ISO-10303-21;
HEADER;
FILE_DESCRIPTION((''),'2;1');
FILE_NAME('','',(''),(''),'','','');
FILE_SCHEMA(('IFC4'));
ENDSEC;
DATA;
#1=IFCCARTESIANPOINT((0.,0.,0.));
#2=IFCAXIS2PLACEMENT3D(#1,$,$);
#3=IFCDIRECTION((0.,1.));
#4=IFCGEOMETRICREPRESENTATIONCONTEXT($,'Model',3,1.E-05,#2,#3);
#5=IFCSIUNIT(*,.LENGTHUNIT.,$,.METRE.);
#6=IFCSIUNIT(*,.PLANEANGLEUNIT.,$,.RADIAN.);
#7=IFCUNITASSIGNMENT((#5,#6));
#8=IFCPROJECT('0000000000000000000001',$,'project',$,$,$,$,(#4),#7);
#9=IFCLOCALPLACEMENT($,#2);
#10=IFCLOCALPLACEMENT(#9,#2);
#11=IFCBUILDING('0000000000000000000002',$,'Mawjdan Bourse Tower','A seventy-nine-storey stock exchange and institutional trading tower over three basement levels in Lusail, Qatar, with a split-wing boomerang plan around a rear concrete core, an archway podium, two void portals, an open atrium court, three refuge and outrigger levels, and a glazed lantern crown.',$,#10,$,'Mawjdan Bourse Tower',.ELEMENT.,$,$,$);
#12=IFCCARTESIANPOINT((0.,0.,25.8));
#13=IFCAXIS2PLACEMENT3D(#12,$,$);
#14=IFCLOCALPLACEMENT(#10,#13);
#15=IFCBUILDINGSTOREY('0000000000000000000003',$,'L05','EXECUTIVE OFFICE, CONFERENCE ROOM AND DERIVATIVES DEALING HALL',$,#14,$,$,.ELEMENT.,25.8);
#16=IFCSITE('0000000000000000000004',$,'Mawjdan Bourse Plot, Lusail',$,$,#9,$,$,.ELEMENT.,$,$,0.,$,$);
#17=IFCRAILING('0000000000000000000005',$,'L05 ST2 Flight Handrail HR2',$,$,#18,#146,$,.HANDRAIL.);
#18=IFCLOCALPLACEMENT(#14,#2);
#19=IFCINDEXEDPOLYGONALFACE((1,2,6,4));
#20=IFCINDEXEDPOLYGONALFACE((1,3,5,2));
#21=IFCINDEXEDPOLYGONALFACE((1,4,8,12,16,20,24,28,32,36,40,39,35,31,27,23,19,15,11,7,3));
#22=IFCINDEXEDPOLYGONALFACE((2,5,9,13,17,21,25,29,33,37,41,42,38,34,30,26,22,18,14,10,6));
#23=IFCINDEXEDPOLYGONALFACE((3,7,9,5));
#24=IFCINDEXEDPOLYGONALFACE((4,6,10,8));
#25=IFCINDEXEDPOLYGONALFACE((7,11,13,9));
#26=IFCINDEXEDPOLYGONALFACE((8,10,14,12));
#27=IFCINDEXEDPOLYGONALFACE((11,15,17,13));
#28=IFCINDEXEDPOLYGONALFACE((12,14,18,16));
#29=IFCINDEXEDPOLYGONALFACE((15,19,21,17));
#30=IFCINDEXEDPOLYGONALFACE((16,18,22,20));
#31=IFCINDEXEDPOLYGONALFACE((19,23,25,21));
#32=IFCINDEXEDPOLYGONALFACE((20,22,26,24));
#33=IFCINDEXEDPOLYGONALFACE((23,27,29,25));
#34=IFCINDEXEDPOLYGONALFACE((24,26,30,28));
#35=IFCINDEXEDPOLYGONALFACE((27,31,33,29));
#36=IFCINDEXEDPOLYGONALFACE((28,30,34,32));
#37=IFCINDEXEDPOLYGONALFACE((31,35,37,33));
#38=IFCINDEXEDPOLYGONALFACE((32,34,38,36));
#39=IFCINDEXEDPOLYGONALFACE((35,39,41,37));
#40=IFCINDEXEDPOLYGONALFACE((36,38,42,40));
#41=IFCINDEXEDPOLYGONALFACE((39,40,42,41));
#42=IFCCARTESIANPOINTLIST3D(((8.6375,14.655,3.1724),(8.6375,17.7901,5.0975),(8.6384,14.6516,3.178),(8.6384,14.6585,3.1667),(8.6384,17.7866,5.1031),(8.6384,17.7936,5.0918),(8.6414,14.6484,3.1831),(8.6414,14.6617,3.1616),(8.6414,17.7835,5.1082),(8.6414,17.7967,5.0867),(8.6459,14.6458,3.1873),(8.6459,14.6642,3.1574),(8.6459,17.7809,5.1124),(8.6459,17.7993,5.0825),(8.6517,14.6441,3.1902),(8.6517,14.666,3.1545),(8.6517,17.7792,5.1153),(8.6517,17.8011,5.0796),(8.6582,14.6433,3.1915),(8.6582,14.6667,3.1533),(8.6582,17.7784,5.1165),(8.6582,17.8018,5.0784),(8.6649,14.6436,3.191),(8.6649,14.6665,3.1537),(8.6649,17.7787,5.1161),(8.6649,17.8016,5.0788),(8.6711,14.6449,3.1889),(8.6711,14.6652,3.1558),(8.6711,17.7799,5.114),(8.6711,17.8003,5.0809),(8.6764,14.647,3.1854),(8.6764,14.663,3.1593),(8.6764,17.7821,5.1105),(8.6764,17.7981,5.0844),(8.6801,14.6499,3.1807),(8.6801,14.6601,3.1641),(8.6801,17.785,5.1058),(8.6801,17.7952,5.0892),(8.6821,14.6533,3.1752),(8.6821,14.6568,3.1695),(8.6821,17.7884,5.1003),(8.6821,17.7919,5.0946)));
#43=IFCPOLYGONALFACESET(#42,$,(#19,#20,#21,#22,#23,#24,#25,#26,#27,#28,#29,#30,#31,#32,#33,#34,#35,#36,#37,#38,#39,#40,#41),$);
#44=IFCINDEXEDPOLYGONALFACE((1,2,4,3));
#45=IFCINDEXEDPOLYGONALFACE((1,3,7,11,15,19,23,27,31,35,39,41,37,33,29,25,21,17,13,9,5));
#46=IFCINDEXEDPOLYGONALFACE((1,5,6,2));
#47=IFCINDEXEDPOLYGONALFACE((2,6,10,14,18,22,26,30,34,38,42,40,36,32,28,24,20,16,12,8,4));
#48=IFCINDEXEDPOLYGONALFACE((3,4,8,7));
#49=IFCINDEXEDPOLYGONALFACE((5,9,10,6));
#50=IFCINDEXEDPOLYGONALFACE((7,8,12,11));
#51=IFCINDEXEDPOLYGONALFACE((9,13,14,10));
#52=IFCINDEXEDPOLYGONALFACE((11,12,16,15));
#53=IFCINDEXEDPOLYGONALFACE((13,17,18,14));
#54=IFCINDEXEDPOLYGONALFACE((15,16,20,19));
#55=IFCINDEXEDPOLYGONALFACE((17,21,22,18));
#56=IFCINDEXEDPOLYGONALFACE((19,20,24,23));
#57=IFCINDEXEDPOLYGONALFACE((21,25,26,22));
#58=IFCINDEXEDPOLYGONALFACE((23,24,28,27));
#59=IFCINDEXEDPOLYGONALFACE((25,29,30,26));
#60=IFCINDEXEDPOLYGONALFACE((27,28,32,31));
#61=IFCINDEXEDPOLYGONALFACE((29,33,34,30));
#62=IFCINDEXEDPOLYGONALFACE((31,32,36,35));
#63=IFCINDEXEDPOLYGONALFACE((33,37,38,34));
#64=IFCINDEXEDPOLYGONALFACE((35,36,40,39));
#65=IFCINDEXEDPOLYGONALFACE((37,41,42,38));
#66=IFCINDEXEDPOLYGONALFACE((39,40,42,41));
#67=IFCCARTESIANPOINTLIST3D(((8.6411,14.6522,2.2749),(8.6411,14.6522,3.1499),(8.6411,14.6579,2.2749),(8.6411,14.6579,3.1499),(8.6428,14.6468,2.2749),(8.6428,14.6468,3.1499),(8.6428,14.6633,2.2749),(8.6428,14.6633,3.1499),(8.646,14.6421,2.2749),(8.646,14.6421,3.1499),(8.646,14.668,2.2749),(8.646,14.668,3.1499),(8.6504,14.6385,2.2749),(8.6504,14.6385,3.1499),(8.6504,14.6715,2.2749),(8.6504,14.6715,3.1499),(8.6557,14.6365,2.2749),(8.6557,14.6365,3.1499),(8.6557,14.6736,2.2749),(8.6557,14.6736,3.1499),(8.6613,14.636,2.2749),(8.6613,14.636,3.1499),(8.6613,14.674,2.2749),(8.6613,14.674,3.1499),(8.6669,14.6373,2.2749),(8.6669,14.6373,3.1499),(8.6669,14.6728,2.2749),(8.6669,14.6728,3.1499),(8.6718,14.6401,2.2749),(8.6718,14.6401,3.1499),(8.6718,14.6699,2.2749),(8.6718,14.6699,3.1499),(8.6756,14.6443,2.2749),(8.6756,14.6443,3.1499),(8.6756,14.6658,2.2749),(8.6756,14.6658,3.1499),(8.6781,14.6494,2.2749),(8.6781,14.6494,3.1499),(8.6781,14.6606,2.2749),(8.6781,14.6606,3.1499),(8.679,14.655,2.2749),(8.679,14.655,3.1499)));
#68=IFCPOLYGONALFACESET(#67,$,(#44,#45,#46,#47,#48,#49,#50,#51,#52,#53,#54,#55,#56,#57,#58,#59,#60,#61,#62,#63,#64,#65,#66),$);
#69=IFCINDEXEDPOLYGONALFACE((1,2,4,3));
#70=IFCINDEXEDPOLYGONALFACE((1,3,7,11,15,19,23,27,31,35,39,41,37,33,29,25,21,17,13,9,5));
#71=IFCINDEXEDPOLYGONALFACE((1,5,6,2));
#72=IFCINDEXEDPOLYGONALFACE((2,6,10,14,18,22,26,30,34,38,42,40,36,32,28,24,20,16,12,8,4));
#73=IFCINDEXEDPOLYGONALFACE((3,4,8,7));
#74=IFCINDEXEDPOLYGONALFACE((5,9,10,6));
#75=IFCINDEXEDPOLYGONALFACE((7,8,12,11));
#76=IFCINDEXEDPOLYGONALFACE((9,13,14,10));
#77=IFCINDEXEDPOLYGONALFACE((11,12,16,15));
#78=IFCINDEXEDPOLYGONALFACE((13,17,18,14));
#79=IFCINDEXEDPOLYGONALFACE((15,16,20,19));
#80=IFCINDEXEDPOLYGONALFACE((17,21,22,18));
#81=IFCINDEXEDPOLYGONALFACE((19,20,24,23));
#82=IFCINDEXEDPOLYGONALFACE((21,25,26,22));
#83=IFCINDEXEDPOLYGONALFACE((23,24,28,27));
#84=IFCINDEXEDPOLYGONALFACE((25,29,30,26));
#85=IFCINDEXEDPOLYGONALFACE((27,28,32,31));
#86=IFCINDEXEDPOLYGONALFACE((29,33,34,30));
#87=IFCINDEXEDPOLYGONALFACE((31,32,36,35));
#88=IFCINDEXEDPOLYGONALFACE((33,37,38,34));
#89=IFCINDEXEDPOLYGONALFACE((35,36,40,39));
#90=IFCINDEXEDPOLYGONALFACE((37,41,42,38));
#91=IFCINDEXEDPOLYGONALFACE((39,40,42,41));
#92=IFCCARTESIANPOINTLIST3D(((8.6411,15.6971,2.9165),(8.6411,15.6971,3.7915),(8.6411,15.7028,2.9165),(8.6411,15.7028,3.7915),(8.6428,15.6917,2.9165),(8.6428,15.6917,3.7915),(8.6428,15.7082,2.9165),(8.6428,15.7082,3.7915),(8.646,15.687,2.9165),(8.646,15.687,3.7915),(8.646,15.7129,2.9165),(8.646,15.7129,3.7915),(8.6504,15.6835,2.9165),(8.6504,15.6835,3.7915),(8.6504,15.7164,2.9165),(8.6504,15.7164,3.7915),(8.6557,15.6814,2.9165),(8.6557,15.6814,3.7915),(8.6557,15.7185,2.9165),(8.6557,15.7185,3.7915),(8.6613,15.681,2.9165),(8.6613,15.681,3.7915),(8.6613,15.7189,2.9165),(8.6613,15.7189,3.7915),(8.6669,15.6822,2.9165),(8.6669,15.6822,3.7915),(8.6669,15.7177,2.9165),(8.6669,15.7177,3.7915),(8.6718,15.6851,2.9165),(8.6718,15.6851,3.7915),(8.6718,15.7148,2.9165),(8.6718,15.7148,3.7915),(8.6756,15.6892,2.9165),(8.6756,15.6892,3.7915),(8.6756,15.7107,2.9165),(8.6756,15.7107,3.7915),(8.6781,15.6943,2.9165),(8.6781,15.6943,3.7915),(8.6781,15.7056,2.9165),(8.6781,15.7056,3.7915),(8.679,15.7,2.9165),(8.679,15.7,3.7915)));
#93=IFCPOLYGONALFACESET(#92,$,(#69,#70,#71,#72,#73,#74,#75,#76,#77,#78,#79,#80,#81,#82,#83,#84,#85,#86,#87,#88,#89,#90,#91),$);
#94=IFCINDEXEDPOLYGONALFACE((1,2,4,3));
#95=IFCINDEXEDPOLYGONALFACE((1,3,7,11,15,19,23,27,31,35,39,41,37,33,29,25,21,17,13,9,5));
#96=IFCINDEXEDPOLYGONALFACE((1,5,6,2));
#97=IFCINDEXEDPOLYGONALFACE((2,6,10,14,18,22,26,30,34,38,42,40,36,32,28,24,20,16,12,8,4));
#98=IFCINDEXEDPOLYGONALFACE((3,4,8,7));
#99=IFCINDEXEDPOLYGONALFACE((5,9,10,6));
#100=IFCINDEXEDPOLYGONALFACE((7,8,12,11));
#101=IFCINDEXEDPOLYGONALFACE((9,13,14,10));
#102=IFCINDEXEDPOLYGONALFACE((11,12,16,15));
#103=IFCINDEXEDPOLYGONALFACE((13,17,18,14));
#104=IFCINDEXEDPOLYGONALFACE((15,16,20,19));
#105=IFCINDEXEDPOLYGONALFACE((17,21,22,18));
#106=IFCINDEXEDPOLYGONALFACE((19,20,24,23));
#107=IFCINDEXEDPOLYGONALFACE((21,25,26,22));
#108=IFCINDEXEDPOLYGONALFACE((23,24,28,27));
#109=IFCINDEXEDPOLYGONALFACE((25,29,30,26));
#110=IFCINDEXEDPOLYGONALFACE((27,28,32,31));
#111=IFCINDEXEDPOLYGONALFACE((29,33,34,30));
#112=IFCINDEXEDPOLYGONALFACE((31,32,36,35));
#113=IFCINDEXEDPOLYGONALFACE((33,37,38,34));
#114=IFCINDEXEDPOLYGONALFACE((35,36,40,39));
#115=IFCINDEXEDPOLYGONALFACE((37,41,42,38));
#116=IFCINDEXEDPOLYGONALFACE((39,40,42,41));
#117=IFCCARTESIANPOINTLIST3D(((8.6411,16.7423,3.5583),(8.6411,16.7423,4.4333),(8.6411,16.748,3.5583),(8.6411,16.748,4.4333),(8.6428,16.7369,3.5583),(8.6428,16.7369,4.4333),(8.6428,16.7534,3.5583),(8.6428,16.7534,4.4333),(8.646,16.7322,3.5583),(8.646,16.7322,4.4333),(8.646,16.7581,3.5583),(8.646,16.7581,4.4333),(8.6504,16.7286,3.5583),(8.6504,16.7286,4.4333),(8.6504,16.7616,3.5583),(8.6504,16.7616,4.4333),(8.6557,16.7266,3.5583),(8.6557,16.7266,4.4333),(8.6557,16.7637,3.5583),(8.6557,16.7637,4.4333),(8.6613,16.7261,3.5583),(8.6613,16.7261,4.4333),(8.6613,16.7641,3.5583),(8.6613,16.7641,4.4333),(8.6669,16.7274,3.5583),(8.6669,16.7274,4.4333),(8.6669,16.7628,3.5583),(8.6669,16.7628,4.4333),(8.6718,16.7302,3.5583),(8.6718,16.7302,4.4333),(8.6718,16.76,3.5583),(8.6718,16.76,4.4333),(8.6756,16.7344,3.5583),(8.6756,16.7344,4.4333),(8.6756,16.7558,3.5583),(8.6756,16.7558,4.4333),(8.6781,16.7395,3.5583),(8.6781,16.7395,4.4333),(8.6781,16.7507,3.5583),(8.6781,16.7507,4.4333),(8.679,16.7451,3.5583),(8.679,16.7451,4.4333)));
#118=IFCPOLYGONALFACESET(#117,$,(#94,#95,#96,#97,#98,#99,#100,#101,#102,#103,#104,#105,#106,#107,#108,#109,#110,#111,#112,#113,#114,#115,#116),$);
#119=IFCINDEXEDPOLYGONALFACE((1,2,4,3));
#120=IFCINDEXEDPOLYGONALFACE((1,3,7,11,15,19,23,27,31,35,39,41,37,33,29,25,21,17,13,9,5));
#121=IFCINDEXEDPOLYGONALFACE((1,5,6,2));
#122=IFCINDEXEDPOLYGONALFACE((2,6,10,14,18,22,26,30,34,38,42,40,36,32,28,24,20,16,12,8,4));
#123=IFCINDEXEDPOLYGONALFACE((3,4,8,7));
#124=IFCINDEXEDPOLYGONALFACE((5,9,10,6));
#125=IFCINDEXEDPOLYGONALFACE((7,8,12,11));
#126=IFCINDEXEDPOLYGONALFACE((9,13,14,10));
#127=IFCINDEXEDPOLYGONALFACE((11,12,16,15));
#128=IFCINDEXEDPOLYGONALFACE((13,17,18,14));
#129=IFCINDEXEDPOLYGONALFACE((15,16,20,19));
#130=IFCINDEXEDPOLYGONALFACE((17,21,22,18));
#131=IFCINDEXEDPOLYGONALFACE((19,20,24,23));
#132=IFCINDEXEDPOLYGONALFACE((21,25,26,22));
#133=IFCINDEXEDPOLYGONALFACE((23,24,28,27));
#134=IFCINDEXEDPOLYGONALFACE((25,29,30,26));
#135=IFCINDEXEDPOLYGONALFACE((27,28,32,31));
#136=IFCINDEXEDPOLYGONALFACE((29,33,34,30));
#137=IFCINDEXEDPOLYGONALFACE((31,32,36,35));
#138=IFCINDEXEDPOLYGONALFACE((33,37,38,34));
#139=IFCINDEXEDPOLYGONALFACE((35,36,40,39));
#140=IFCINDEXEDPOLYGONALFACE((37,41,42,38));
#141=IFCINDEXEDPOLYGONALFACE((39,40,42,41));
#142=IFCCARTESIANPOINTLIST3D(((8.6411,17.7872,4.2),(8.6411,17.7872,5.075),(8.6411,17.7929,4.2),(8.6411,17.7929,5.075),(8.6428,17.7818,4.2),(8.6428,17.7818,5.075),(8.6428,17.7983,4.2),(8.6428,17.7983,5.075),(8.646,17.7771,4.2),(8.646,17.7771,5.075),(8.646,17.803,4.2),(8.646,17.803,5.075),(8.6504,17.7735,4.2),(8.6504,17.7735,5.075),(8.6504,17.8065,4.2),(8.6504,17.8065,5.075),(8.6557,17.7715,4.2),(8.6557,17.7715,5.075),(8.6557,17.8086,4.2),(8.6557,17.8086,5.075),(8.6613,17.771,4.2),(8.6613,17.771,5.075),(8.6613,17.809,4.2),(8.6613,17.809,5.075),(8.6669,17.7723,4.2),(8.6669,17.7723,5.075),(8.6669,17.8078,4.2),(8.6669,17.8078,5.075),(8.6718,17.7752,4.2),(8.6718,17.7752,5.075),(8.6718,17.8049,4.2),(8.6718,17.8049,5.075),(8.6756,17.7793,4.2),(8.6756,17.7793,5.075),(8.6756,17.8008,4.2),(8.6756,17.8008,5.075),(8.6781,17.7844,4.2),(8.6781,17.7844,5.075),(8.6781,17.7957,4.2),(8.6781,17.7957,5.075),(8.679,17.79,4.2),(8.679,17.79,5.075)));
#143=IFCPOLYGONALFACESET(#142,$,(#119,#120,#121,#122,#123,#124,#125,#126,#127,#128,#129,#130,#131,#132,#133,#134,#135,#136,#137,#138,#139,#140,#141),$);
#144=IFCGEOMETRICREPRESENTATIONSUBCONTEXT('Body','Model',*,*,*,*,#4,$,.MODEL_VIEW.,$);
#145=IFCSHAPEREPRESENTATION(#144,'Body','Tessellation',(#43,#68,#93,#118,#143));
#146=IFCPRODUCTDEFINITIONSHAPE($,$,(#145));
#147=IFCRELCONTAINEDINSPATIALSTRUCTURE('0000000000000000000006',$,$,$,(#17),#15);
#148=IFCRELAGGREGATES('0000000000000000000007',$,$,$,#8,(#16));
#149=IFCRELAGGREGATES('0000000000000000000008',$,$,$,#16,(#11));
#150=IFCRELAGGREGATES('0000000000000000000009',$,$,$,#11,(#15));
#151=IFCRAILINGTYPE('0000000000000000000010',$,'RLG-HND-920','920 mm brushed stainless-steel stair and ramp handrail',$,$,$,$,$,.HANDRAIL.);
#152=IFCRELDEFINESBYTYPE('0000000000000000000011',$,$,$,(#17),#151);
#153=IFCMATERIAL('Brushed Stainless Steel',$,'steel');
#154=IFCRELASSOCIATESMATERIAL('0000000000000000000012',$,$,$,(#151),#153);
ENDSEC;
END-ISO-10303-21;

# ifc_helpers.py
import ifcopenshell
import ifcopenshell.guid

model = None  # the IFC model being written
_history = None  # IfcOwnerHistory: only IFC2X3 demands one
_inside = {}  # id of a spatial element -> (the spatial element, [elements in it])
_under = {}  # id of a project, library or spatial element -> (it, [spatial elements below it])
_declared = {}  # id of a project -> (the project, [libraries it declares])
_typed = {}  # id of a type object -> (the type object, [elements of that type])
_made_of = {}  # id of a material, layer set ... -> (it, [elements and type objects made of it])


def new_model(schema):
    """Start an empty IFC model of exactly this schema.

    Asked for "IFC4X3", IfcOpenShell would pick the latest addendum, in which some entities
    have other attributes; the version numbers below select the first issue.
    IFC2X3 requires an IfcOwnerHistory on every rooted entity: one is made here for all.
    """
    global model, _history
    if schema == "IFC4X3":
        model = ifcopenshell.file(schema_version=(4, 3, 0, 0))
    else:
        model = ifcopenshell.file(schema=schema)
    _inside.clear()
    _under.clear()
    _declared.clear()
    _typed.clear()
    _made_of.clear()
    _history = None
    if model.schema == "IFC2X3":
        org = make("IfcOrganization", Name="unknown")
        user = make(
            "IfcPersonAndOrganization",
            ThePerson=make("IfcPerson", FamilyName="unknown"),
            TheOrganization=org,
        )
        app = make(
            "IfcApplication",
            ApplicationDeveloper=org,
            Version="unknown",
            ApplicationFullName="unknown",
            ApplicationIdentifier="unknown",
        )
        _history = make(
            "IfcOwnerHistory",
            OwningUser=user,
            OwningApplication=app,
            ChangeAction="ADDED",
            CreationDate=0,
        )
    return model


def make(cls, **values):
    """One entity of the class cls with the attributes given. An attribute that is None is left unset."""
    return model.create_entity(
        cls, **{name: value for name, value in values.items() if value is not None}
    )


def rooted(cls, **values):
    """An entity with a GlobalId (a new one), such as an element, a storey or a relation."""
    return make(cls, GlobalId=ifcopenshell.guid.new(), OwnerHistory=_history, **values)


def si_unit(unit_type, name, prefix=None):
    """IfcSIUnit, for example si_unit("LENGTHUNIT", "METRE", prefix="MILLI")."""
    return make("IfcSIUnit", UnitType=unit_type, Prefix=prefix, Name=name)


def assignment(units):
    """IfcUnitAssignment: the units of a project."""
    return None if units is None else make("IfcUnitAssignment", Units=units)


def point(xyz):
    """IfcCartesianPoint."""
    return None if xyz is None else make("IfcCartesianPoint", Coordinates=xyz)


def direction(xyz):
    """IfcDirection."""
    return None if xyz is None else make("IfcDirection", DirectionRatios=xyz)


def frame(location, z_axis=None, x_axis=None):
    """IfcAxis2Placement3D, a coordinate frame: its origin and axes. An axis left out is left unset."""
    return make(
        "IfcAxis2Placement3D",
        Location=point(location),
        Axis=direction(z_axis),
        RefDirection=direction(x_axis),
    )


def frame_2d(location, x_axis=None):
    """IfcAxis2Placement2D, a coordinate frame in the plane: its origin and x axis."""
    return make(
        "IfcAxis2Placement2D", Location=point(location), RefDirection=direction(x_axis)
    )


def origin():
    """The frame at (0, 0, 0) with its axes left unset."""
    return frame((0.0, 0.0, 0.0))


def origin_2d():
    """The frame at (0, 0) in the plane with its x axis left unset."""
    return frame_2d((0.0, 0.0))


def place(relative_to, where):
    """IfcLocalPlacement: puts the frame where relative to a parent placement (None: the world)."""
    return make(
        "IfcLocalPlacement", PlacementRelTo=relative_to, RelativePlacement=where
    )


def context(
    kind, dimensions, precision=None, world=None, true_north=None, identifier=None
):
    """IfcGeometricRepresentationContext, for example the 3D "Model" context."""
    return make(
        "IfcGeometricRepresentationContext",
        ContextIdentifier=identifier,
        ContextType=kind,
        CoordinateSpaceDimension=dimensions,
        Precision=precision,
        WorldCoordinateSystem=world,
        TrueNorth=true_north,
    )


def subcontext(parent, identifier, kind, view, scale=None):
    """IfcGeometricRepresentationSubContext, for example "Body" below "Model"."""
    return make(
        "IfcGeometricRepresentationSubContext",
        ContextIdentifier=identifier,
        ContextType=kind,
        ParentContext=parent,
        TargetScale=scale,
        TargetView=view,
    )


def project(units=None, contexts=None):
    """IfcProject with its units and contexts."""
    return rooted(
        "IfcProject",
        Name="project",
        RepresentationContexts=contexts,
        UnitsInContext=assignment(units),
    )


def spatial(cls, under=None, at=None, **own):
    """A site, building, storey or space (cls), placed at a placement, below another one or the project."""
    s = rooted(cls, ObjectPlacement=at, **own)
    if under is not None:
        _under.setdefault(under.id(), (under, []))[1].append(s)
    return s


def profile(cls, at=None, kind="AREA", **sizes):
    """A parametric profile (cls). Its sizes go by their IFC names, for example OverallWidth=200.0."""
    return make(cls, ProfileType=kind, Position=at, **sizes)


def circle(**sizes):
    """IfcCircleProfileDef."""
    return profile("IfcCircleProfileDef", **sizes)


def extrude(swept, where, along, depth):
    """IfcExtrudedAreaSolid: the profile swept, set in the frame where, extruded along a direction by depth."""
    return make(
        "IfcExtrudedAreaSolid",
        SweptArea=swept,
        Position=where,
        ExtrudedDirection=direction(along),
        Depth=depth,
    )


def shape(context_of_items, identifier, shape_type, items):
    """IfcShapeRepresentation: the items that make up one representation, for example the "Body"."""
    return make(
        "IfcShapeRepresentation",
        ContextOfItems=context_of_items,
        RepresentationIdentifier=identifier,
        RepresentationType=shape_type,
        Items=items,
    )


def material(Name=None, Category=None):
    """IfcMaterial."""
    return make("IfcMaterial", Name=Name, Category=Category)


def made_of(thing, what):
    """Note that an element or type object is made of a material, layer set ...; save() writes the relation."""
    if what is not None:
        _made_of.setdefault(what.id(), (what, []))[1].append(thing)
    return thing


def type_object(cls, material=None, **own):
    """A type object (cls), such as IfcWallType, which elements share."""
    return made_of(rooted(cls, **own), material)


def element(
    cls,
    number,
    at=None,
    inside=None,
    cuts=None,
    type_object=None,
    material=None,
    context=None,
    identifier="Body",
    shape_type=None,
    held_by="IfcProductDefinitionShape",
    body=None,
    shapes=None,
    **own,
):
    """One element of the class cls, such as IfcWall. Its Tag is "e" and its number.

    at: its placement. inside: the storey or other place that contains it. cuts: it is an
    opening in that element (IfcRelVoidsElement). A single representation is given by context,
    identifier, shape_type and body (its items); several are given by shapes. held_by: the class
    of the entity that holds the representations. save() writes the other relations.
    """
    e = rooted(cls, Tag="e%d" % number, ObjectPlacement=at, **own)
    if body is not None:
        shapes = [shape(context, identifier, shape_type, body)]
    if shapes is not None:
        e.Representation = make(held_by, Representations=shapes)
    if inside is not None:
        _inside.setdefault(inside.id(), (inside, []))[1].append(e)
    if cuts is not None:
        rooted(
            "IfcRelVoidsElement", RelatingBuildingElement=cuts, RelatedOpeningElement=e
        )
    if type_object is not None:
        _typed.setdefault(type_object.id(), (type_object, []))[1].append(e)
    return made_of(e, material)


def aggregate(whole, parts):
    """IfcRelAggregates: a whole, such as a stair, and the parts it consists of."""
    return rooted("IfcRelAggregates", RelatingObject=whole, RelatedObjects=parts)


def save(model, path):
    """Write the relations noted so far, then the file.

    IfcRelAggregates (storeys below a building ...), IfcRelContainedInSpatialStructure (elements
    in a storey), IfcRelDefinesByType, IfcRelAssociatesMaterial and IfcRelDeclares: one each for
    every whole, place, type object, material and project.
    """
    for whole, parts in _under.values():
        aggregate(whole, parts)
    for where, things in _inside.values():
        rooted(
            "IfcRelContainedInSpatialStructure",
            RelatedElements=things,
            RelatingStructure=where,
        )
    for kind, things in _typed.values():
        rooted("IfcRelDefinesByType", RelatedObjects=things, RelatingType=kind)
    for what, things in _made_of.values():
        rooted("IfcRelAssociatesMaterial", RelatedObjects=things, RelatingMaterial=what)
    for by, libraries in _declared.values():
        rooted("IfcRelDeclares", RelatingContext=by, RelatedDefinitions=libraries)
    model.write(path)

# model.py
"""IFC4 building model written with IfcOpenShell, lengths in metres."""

from ifc_helpers import new_model, si_unit, direction, frame, origin, origin_2d, place, context, subcontext, project, spatial, circle, extrude, material, type_object, element, save


model = new_model("IFC4")

# Units and contexts
model_context = context("Model", 3, precision=1e-05, world=origin(), true_north=direction((0.0, 1.0)))
body_context = subcontext(model_context, "Body", "Model", "MODEL_VIEW")
ifc_project = project(units=[si_unit("LENGTHUNIT", "METRE"), si_unit("PLANEANGLEUNIT", "RADIAN")], contexts=[model_context])

# Site, building, storey
site_placement = place(None, origin())
site = spatial("IfcSite", under=ifc_project, at=site_placement, Name="Mawjdan Bourse Plot, Lusail", CompositionType="ELEMENT", RefElevation=0.0)
building_placement = place(site_placement, origin())
building = spatial("IfcBuilding", under=site, at=building_placement, Name="Mawjdan Bourse Tower", Description="A seventy-nine-storey stock exchange and institutional trading tower over three basement levels in Lusail, Qatar, with a split-wing boomerang plan around a rear concrete core, an archway podium, two void portals, an open atrium court, three refuge and outrigger levels, and a glazed lantern crown.", LongName="Mawjdan Bourse Tower", CompositionType="ELEMENT")
storey_placement = place(building_placement, frame((0.0, 0.0, 25.8)))
storey = spatial("IfcBuildingStorey", under=building, at=storey_placement, Name="L05", Description="EXECUTIVE OFFICE, CONFERENCE ROOM AND DERIVATIVES DEALING HALL", CompositionType="ELEMENT", Elevation=25.8)

# Railing
ifc_material_1 = material(Name="Brushed Stainless Steel", Category="steel")
railing_type_1 = type_object("IfcRailingType", Name="RLG-HND-920", Description="920 mm brushed stainless-steel stair and ramp handrail", PredefinedType="HANDRAIL", material=ifc_material_1)
railing_1_placement = place(storey_placement, frame((8.6599, 14.655, 2.2749)))
element("IfcRailing", 1, at=railing_1_placement, inside=storey, type_object=railing_type_1, Name="L05 ST2 Flight Handrail HR2", PredefinedType="HANDRAIL", context=body_context, shape_type="SweptSolid", body=[
    extrude(circle(Radius=0.0225, at=origin_2d()), frame((0.0, 0.0, 0.8975), z_axis=(0.0, 0.852166, 0.523271), x_axis=(-1.0, 0.0, 0.0)), (0.0, 0.0, 1.0), 3.679),
    extrude(circle(Radius=0.019, at=origin_2d()), origin(), (0.0, 0.0, 1.0), 0.875),
    extrude(circle(Radius=0.019, at=origin_2d()), frame((0.0, 1.0449, 0.6416)), (0.0, 0.0, 1.0), 0.875),
    extrude(circle(Radius=0.019, at=origin_2d()), frame((0.0, 2.0901, 1.2834)), (0.0, 0.0, 1.0), 0.875),
    extrude(circle(Radius=0.019, at=origin_2d()), frame((0.0, 3.135, 1.925)), (0.0, 0.0, 1.0), 0.875),
])

save(model, "model.ifc")
